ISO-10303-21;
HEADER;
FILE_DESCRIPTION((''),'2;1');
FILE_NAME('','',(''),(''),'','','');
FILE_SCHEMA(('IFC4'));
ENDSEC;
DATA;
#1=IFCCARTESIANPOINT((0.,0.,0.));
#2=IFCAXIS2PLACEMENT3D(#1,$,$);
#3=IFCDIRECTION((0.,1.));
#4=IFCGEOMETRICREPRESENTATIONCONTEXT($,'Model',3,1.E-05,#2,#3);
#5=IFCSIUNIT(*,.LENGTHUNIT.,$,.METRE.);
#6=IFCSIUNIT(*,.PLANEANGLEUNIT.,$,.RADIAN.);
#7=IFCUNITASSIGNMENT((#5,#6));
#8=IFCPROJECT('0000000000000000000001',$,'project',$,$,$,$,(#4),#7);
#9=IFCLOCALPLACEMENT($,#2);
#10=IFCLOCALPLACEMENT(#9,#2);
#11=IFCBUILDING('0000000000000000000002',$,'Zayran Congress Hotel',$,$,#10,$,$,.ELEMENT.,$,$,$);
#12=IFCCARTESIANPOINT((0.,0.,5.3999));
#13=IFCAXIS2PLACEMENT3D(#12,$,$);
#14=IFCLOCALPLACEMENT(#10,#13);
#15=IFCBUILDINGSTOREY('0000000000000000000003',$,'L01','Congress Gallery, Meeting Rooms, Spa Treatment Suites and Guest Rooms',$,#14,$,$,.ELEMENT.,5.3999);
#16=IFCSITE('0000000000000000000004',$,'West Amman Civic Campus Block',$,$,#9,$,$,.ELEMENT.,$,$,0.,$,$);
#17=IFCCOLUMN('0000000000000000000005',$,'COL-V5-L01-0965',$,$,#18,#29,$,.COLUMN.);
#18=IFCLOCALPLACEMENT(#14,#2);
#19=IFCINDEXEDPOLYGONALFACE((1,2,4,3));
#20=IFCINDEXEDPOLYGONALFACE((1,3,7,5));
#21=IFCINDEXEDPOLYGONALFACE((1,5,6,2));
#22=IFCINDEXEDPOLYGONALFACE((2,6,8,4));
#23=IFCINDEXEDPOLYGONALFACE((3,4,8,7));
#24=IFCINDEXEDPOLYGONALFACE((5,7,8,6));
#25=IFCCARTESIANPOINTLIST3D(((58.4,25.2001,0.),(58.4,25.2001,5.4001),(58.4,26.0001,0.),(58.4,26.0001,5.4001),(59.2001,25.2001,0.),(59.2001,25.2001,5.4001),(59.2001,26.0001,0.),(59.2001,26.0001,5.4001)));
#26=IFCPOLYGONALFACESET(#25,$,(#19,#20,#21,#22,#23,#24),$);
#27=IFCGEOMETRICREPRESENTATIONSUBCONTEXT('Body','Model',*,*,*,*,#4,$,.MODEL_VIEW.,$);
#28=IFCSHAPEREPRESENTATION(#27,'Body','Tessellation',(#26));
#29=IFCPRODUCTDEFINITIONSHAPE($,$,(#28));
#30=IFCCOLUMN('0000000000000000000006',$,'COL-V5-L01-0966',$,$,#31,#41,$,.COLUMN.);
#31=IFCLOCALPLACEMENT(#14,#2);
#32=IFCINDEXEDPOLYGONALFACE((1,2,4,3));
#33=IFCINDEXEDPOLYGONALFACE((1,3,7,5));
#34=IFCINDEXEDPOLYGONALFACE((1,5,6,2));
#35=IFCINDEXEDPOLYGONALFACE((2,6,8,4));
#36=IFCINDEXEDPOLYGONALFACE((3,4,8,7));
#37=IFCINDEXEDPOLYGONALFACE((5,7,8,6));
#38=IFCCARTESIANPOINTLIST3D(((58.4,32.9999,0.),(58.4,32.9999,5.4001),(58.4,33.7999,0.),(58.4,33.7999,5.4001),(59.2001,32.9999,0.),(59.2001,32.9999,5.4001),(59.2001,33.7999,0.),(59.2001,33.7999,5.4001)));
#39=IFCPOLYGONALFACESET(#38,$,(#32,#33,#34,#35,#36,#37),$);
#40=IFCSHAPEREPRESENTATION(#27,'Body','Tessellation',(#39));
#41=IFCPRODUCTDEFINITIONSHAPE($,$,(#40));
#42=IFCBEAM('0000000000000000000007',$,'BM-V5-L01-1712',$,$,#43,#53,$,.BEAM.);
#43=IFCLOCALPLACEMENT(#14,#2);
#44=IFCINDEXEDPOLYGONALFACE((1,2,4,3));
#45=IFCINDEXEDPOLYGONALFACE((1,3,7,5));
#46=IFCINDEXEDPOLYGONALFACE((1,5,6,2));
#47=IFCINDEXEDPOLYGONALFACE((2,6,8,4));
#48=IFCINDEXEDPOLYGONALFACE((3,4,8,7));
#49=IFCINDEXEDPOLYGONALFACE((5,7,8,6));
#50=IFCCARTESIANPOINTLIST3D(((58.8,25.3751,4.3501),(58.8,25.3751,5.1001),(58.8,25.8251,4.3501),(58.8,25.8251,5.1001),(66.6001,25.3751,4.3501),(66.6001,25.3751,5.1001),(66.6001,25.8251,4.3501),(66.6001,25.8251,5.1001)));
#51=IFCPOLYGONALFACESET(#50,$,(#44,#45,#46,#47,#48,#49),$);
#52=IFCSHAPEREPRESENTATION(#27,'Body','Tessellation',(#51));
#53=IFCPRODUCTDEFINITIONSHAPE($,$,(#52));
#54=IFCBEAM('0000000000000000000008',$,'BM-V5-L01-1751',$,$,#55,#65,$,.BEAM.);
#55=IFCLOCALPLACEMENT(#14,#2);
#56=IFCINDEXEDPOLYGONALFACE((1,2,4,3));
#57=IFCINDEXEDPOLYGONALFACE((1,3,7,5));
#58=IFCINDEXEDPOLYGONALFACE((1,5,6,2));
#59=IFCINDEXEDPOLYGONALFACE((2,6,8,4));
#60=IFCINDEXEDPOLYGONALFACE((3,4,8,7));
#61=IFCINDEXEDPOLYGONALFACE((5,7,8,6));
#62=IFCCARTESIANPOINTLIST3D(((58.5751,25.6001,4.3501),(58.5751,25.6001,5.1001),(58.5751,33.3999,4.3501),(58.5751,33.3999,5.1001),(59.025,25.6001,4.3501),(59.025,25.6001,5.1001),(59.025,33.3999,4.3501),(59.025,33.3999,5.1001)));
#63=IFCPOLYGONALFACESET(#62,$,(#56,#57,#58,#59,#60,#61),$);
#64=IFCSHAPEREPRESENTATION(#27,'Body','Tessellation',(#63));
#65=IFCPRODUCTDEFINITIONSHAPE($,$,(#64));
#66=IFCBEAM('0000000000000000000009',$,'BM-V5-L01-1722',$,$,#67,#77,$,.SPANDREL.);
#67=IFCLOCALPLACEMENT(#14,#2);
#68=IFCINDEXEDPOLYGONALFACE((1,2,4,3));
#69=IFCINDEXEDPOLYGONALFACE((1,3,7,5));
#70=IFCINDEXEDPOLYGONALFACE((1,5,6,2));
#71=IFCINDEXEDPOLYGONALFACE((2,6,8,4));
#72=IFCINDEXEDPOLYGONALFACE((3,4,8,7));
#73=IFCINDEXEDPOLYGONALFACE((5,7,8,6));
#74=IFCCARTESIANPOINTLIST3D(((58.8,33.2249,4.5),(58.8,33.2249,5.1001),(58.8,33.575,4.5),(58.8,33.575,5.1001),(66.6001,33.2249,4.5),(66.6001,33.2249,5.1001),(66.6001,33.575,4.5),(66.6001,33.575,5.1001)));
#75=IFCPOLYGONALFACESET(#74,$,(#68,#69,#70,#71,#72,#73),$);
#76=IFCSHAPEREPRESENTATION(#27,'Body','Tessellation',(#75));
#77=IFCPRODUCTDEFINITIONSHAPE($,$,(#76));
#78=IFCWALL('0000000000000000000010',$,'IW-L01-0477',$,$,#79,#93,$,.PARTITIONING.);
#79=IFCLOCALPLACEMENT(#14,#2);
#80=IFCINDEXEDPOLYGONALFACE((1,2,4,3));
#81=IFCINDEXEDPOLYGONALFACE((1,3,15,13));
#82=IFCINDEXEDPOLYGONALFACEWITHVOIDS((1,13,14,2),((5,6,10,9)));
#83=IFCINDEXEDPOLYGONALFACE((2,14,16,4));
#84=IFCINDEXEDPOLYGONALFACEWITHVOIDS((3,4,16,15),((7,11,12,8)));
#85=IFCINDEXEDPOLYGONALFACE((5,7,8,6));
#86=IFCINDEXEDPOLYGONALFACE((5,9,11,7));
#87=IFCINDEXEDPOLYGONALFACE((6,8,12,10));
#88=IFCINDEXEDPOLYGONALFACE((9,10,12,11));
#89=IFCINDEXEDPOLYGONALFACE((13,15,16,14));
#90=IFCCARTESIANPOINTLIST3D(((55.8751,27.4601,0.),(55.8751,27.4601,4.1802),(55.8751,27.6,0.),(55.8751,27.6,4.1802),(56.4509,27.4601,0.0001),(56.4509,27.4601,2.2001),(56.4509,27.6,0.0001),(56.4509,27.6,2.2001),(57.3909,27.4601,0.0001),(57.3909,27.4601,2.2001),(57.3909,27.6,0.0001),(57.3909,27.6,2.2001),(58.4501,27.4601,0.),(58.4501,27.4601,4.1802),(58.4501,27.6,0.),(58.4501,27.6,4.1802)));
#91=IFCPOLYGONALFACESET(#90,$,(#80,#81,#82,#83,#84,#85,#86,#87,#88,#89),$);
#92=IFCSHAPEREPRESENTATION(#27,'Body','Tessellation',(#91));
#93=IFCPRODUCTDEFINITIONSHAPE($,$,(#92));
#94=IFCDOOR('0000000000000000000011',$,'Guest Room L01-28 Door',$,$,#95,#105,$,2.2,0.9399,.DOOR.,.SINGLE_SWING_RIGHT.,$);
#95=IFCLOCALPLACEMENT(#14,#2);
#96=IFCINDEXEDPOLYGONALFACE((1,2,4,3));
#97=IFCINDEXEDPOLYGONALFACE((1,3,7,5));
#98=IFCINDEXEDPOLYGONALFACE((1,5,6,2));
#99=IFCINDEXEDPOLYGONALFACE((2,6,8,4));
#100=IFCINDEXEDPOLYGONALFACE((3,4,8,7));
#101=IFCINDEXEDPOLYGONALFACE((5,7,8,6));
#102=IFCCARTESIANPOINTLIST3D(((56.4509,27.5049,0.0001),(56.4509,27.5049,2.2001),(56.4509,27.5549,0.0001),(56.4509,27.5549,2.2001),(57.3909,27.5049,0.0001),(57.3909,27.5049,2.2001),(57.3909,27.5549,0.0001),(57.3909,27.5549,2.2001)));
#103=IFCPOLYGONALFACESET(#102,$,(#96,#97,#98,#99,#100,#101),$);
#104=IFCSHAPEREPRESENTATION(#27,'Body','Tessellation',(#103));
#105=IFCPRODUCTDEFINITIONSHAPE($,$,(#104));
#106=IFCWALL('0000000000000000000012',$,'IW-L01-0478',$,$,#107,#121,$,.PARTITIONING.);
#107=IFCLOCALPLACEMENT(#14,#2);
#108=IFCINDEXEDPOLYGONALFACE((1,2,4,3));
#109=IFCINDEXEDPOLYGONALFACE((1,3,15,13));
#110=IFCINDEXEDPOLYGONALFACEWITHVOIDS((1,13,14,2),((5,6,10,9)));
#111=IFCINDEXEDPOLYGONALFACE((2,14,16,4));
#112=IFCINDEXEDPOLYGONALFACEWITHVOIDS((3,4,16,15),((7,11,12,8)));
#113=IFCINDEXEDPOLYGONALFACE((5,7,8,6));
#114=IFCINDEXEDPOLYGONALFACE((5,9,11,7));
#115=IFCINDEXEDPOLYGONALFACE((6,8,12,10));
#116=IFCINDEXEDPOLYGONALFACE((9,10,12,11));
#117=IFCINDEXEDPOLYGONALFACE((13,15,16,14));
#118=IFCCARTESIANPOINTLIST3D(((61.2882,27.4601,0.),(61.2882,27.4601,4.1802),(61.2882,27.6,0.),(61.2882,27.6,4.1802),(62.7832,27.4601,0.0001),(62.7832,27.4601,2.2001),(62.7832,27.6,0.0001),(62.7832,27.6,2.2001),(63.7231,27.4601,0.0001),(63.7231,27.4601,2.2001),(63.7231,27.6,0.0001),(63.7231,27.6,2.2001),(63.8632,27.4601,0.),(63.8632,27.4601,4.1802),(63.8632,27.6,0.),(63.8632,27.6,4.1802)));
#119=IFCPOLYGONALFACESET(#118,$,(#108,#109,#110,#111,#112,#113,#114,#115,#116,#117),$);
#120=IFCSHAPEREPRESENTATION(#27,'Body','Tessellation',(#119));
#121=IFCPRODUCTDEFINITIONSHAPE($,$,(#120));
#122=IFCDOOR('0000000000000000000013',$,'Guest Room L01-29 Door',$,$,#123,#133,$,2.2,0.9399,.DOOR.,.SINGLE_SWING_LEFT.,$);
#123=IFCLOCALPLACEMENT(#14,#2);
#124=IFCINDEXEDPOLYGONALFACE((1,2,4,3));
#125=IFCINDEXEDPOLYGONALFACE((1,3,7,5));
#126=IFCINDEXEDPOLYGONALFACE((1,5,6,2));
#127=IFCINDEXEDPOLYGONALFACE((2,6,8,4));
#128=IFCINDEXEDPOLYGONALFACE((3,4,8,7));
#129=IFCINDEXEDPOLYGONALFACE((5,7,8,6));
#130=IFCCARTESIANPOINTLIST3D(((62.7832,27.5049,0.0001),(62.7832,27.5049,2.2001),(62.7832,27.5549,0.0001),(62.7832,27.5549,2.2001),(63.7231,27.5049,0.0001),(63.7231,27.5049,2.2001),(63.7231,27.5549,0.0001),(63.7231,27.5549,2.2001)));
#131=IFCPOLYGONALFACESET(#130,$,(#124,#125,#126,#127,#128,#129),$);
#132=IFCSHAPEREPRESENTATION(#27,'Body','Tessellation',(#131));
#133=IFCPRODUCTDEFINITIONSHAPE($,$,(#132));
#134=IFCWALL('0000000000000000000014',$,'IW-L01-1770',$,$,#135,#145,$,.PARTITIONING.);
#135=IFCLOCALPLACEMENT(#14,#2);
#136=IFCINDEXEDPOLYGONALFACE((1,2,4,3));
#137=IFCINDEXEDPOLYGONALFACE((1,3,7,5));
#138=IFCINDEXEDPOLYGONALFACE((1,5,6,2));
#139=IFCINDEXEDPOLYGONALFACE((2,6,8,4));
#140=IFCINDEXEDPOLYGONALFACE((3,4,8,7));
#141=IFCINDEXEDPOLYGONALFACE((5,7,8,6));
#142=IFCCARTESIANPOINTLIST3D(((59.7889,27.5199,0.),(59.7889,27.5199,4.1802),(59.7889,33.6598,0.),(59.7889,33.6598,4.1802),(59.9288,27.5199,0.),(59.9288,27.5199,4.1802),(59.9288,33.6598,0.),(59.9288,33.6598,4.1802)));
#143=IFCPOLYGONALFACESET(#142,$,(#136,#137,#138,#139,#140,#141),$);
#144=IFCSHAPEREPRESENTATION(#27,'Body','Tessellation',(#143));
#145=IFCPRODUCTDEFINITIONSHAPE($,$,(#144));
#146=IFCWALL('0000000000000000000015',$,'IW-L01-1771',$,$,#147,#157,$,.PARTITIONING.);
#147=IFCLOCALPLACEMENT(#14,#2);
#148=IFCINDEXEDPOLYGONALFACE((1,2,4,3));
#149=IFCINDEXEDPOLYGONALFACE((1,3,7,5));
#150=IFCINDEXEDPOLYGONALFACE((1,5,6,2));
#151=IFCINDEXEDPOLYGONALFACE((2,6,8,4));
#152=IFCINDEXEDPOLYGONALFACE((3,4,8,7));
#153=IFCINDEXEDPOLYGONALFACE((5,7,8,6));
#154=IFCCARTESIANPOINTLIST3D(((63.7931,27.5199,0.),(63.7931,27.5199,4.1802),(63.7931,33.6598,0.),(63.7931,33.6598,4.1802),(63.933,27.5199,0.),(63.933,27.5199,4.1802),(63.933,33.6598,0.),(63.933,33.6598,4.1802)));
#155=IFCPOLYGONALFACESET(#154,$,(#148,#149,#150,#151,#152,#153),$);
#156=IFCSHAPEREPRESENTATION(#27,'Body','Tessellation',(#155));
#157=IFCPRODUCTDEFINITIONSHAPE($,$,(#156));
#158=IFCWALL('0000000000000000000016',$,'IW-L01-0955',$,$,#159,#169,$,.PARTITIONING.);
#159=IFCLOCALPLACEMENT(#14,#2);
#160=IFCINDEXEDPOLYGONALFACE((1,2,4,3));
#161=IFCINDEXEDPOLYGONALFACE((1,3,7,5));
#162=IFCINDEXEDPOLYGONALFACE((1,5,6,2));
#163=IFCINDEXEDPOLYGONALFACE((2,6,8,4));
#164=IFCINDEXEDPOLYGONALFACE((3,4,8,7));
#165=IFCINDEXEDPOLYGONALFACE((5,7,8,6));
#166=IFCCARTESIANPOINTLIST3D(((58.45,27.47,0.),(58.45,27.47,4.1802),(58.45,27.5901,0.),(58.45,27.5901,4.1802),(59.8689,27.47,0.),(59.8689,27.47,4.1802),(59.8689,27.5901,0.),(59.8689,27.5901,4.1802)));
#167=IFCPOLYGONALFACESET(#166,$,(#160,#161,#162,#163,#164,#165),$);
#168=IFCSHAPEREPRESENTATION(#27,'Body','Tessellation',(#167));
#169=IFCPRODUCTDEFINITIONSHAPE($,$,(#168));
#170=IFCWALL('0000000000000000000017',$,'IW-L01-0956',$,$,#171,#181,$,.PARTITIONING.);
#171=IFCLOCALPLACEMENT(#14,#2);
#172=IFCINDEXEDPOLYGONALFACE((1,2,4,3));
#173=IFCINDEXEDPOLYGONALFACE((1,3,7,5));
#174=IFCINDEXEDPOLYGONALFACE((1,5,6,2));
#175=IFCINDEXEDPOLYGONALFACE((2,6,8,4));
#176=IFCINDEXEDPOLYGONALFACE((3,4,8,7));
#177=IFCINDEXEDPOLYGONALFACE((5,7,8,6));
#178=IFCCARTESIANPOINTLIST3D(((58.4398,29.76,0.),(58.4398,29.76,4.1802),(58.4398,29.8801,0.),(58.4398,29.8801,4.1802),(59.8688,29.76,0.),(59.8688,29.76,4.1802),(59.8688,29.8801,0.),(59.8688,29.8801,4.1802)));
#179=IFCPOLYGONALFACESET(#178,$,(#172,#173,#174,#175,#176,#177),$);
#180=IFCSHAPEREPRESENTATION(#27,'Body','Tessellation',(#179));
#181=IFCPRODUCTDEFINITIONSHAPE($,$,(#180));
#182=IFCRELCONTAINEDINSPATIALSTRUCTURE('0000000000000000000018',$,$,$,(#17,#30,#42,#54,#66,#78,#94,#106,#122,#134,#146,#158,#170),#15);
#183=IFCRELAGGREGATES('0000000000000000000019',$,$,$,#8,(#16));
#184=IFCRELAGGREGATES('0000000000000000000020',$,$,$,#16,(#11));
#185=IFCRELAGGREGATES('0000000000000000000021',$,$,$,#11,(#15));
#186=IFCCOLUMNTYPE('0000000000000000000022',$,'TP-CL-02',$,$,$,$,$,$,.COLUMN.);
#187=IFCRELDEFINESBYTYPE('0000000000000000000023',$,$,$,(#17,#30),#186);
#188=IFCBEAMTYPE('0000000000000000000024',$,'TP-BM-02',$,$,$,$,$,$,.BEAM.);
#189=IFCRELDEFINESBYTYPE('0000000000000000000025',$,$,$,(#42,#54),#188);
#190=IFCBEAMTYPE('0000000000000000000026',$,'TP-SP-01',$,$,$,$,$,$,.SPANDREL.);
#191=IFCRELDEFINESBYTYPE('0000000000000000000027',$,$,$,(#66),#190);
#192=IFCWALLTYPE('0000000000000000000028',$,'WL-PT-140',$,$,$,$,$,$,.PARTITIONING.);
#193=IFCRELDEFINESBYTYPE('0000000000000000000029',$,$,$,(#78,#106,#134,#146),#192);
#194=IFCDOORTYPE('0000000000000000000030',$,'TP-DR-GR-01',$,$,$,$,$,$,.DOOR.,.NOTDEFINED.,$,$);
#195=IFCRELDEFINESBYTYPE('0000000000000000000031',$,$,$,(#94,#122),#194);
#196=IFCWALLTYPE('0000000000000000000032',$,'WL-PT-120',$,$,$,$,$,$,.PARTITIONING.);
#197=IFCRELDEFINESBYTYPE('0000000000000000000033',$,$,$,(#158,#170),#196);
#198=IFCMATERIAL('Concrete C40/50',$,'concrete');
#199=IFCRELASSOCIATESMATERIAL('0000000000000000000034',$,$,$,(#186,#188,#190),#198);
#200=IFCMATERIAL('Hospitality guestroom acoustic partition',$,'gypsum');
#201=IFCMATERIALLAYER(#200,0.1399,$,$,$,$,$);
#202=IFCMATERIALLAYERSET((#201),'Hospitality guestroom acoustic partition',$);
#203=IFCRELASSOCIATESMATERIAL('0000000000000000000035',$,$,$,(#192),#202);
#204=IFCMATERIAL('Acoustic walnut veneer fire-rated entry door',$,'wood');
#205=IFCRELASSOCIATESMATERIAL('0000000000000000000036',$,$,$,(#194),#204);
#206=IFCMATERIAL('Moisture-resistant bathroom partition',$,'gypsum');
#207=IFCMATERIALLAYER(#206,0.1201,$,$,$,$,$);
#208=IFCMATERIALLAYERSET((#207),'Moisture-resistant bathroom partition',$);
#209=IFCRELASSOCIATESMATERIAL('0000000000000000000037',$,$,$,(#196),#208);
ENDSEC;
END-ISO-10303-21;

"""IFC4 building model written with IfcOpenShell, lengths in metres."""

from ifc_helpers import new_model, si_unit, direction, frame, frame_2d, origin, origin_2d, place, context, subcontext, project, spatial, rectangle, extrude, material, layer, layer_set, material_profile, profile_set, type_object, element, fill, save


model = new_model("IFC4")

# Units and contexts
model_context = context("Model", 3, precision=1e-05, world=origin(), true_north=direction((0.0, 1.0)))
body_context = subcontext(model_context, "Body", "Model", "MODEL_VIEW")
ifc_project = project(units=[si_unit("LENGTHUNIT", "METRE"), si_unit("PLANEANGLEUNIT", "RADIAN")], contexts=[model_context])

# Site, building, storey
site_placement = place(None, origin())
site = spatial("IfcSite", under=ifc_project, at=site_placement, Name="West Amman Civic Campus Block", CompositionType="ELEMENT", RefElevation=0.0)
building_placement = place(site_placement, origin())
building = spatial("IfcBuilding", under=site, at=building_placement, Name="Zayran Congress Hotel", CompositionType="ELEMENT")
storey_placement = place(building_placement, frame((0.0, 0.0, 5.3999)))
storey = spatial("IfcBuildingStorey", under=building, at=storey_placement, Name="L01", Description="Congress Gallery, Meeting Rooms, Spa Treatment Suites and Guest Rooms", CompositionType="ELEMENT", Elevation=5.3999)

# Columns
ifc_material_1 = material(Name="Concrete C40/50", Category="concrete")
ifc_material_profile_1 = material_profile(ifc_material_1, rectangle(XDim=0.8, YDim=0.8, at=origin_2d()), Name="RC 800x800")
ifc_profile_set_1 = profile_set([ifc_material_profile_1], Name="Concrete C40/50")
column_type = type_object("IfcColumnType", Name="TP-CL-02", PredefinedType="COLUMN", material=ifc_profile_set_1)
for number, where, z_axis, x_axis, name in (
    (1, (58.8, 25.6001, 0.0), (0.0, 0.0, 1.0), (1.0, 0.0, 0.0), "COL-V5-L01-0965"),
    (2, (58.8, 33.3999, 0.0), (0.0, 0.0, 1.0), (1.0, 0.0, 0.0), "COL-V5-L01-0966"),
):
    element("IfcColumn", number, at=place(storey_placement, frame(where, z_axis=z_axis, x_axis=x_axis)), inside=storey, type_object=column_type, Name=name, PredefinedType="COLUMN", context=body_context, shape_type="SweptSolid", body=[
        extrude(rectangle(XDim=0.8, YDim=0.8, at=origin_2d()), origin(), (0.0, 0.0, 1.0), 5.4001),
    ])

# Beams
ifc_material_profile_2 = material_profile(ifc_material_1, rectangle(XDim=0.45, YDim=0.75, at=origin_2d()), Name="RC 450x750")
ifc_profile_set_2 = profile_set([ifc_material_profile_2], Name="Concrete C40/50")
beam_type_1 = type_object("IfcBeamType", Name="TP-BM-02", PredefinedType="BEAM", material=ifc_profile_set_2)
beam_1_placement = place(storey_placement, frame((58.8, 25.6001, 4.7251), z_axis=(1.0, 0.0, 0.0), x_axis=(0.0, 1.0, 0.0)))
element("IfcBeam", 3, at=beam_1_placement, inside=storey, type_object=beam_type_1, Name="BM-V5-L01-1712", PredefinedType="BEAM", context=body_context, shape_type="SweptSolid", body=[
    extrude(rectangle(XDim=0.45, YDim=0.75, at=origin_2d()), origin(), (0.0, 0.0, 1.0), 7.8),
])
beam_2_placement = place(storey_placement, frame((58.8, 25.6001, 4.7251), z_axis=(0.0, 1.0, 0.0), x_axis=(-1.0, 0.0, 0.0)))
element("IfcBeam", 4, at=beam_2_placement, inside=storey, type_object=beam_type_1, Name="BM-V5-L01-1751", PredefinedType="BEAM", context=body_context, shape_type="SweptSolid", body=[
    extrude(rectangle(XDim=0.45, YDim=0.75, at=origin_2d()), origin(), (0.0, 0.0, 1.0), 7.7998),
])
ifc_material_profile_3 = material_profile(ifc_material_1, rectangle(XDim=0.3501, YDim=0.6001, at=origin_2d()), Name="RC 350x600")
ifc_profile_set_3 = profile_set([ifc_material_profile_3], Name="Concrete C40/50")
beam_type_2 = type_object("IfcBeamType", Name="TP-SP-01", PredefinedType="SPANDREL", material=ifc_profile_set_3)
beam_3_placement = place(storey_placement, frame((58.8, 33.3999, 4.8), z_axis=(1.0, 0.0, 0.0), x_axis=(0.0, 1.0, 0.0)))
element("IfcBeam", 5, at=beam_3_placement, inside=storey, type_object=beam_type_2, Name="BM-V5-L01-1722", PredefinedType="SPANDREL", context=body_context, shape_type="SweptSolid", body=[
    extrude(rectangle(XDim=0.3501, YDim=0.6001, at=origin_2d()), origin(), (0.0, 0.0, 1.0), 7.8),
])

# Walls, openings, doors
ifc_material_2 = material(Name="Hospitality guestroom acoustic partition", Category="gypsum")
ifc_layer_1 = layer(ifc_material_2, 0.1399)
ifc_layer_set_1 = layer_set([ifc_layer_1], Name="Hospitality guestroom acoustic partition")
wall_type_1 = type_object("IfcWallType", Name="WL-PT-140", PredefinedType="PARTITIONING", material=ifc_layer_set_1)
wall_1_placement = place(storey_placement, frame((55.875, 27.53, 0.0), z_axis=(0.0, 0.0, 1.0), x_axis=(1.0, 0.0, 0.0)))
wall_1 = element("IfcWall", 6, at=wall_1_placement, inside=storey, type_object=wall_type_1, Name="IW-L01-0477", PredefinedType="PARTITIONING", context=body_context, shape_type="SweptSolid", body=[
    extrude(rectangle(XDim=2.575, YDim=0.1399, at=frame_2d((1.2876, 0.0))), origin(), (0.0, 0.0, 1.0), 4.1802),
])
opening_1_placement = place(wall_1_placement, frame((0.5759, 0.0, 0.0)))
opening_1 = element("IfcOpeningElement", 7, at=opening_1_placement, cuts=wall_1, PredefinedType="OPENING", context=body_context, shape_type="SweptSolid", body=[
    extrude(rectangle(XDim=0.9399, YDim=2.2, at=frame_2d((0.47, 1.1001))), frame((0.0, 0.0798, 0.0), z_axis=(0.0, -1.0, 0.0), x_axis=(1.0, 0.0, 0.0)), (0.0, 0.0, 1.0), 0.1599),
])
ifc_material_3 = material(Name="Acoustic walnut veneer fire-rated entry door", Category="wood")
door_type_1 = type_object("IfcDoorType", Name="TP-DR-GR-01", OperationType="NOTDEFINED", PredefinedType="DOOR", material=ifc_material_3)
door_1_placement = place(opening_1_placement, origin())
door_1 = element("IfcDoor", 8, at=door_1_placement, inside=storey, type_object=door_type_1, Name="Guest Room L01-28 Door", OperationType="SINGLE_SWING_RIGHT", OverallHeight=2.2, OverallWidth=0.9399, PredefinedType="DOOR", context=body_context, shape_type="SweptSolid", body=[
    extrude(rectangle(XDim=0.9399, YDim=2.2, at=frame_2d((0.47, 1.1001))), frame((0.0, 0.0249, 0.0), z_axis=(0.0, -1.0, 0.0), x_axis=(1.0, 0.0, 0.0)), (0.0, 0.0, 1.0), 0.05),
])
fill(opening_1, door_1)
wall_2_placement = place(storey_placement, frame((61.2881, 27.53, 0.0), z_axis=(0.0, 0.0, 1.0), x_axis=(1.0, 0.0, 0.0)))
wall_2 = element("IfcWall", 9, at=wall_2_placement, inside=storey, type_object=wall_type_1, Name="IW-L01-0478", PredefinedType="PARTITIONING", context=body_context, shape_type="SweptSolid", body=[
    extrude(rectangle(XDim=2.575, YDim=0.1399, at=frame_2d((1.2876, 0.0))), origin(), (0.0, 0.0, 1.0), 4.1802),
])
opening_2_placement = place(wall_2_placement, frame((1.4951, 0.0, 0.0)))
opening_2 = element("IfcOpeningElement", 10, at=opening_2_placement, cuts=wall_2, PredefinedType="OPENING", context=body_context, shape_type="SweptSolid", body=[
    extrude(rectangle(XDim=0.9399, YDim=2.2, at=frame_2d((0.47, 1.1001))), frame((0.0, 0.0798, 0.0), z_axis=(0.0, -1.0, 0.0), x_axis=(1.0, 0.0, 0.0)), (0.0, 0.0, 1.0), 0.1599),
])
door_2_placement = place(opening_2_placement, origin())
door_2 = element("IfcDoor", 11, at=door_2_placement, inside=storey, type_object=door_type_1, Name="Guest Room L01-29 Door", OperationType="SINGLE_SWING_LEFT", OverallHeight=2.2, OverallWidth=0.9399, PredefinedType="DOOR", context=body_context, shape_type="SweptSolid", body=[
    extrude(rectangle(XDim=0.9399, YDim=2.2, at=frame_2d((0.47, 1.1001))), frame((0.0, 0.0249, 0.0), z_axis=(0.0, -1.0, 0.0), x_axis=(1.0, 0.0, 0.0)), (0.0, 0.0, 1.0), 0.05),
])
fill(opening_2, door_2)

# Walls
for number, where, z_axis, x_axis, name in (
    (12, (59.8589, 27.52, 0.0), (0.0, 0.0, 1.0), (0.0, 1.0, 0.0), "IW-L01-1770"),
    (13, (63.863, 27.52, 0.0), (0.0, 0.0, 1.0), (0.0, 1.0, 0.0), "IW-L01-1771"),
):
    element("IfcWall", number, at=place(storey_placement, frame(where, z_axis=z_axis, x_axis=x_axis)), inside=storey, type_object=wall_type_1, Name=name, PredefinedType="PARTITIONING", context=body_context, shape_type="SweptSolid", body=[
        extrude(rectangle(XDim=6.1399, YDim=0.1399, at=frame_2d((3.0698, 0.0))), origin(), (0.0, 0.0, 1.0), 4.1802),
    ])

# Shared definitions
ifc_material_4 = material(Name="Moisture-resistant bathroom partition", Category="gypsum")
ifc_layer_2 = layer(ifc_material_4, 0.1201)
ifc_layer_set_2 = layer_set([ifc_layer_2], Name="Moisture-resistant bathroom partition")
wall_type_2 = type_object("IfcWallType", Name="WL-PT-120", PredefinedType="PARTITIONING", material=ifc_layer_set_2)

# Walls
wall_3_placement = place(storey_placement, frame((58.45, 27.53, 0.0), z_axis=(0.0, 0.0, 1.0), x_axis=(1.0, 0.0, 0.0)))
element("IfcWall", 14, at=wall_3_placement, inside=storey, type_object=wall_type_2, Name="IW-L01-0955", PredefinedType="PARTITIONING", context=body_context, shape_type="SweptSolid", body=[
    extrude(rectangle(XDim=1.4189, YDim=0.1201, at=frame_2d((0.7095, 0.0))), origin(), (0.0, 0.0, 1.0), 4.1802),
])
wall_4_placement = place(storey_placement, frame((58.4399, 29.8201, 0.0), z_axis=(0.0, 0.0, 1.0), x_axis=(1.0, 0.0, 0.0)))
element("IfcWall", 15, at=wall_4_placement, inside=storey, type_object=wall_type_2, Name="IW-L01-0956", PredefinedType="PARTITIONING", context=body_context, shape_type="SweptSolid", body=[
    extrude(rectangle(XDim=1.429, YDim=0.1201, at=frame_2d((0.7144, 0.0))), origin(), (0.0, 0.0, 1.0), 4.1802),
])

save(model, "model.ifc")
